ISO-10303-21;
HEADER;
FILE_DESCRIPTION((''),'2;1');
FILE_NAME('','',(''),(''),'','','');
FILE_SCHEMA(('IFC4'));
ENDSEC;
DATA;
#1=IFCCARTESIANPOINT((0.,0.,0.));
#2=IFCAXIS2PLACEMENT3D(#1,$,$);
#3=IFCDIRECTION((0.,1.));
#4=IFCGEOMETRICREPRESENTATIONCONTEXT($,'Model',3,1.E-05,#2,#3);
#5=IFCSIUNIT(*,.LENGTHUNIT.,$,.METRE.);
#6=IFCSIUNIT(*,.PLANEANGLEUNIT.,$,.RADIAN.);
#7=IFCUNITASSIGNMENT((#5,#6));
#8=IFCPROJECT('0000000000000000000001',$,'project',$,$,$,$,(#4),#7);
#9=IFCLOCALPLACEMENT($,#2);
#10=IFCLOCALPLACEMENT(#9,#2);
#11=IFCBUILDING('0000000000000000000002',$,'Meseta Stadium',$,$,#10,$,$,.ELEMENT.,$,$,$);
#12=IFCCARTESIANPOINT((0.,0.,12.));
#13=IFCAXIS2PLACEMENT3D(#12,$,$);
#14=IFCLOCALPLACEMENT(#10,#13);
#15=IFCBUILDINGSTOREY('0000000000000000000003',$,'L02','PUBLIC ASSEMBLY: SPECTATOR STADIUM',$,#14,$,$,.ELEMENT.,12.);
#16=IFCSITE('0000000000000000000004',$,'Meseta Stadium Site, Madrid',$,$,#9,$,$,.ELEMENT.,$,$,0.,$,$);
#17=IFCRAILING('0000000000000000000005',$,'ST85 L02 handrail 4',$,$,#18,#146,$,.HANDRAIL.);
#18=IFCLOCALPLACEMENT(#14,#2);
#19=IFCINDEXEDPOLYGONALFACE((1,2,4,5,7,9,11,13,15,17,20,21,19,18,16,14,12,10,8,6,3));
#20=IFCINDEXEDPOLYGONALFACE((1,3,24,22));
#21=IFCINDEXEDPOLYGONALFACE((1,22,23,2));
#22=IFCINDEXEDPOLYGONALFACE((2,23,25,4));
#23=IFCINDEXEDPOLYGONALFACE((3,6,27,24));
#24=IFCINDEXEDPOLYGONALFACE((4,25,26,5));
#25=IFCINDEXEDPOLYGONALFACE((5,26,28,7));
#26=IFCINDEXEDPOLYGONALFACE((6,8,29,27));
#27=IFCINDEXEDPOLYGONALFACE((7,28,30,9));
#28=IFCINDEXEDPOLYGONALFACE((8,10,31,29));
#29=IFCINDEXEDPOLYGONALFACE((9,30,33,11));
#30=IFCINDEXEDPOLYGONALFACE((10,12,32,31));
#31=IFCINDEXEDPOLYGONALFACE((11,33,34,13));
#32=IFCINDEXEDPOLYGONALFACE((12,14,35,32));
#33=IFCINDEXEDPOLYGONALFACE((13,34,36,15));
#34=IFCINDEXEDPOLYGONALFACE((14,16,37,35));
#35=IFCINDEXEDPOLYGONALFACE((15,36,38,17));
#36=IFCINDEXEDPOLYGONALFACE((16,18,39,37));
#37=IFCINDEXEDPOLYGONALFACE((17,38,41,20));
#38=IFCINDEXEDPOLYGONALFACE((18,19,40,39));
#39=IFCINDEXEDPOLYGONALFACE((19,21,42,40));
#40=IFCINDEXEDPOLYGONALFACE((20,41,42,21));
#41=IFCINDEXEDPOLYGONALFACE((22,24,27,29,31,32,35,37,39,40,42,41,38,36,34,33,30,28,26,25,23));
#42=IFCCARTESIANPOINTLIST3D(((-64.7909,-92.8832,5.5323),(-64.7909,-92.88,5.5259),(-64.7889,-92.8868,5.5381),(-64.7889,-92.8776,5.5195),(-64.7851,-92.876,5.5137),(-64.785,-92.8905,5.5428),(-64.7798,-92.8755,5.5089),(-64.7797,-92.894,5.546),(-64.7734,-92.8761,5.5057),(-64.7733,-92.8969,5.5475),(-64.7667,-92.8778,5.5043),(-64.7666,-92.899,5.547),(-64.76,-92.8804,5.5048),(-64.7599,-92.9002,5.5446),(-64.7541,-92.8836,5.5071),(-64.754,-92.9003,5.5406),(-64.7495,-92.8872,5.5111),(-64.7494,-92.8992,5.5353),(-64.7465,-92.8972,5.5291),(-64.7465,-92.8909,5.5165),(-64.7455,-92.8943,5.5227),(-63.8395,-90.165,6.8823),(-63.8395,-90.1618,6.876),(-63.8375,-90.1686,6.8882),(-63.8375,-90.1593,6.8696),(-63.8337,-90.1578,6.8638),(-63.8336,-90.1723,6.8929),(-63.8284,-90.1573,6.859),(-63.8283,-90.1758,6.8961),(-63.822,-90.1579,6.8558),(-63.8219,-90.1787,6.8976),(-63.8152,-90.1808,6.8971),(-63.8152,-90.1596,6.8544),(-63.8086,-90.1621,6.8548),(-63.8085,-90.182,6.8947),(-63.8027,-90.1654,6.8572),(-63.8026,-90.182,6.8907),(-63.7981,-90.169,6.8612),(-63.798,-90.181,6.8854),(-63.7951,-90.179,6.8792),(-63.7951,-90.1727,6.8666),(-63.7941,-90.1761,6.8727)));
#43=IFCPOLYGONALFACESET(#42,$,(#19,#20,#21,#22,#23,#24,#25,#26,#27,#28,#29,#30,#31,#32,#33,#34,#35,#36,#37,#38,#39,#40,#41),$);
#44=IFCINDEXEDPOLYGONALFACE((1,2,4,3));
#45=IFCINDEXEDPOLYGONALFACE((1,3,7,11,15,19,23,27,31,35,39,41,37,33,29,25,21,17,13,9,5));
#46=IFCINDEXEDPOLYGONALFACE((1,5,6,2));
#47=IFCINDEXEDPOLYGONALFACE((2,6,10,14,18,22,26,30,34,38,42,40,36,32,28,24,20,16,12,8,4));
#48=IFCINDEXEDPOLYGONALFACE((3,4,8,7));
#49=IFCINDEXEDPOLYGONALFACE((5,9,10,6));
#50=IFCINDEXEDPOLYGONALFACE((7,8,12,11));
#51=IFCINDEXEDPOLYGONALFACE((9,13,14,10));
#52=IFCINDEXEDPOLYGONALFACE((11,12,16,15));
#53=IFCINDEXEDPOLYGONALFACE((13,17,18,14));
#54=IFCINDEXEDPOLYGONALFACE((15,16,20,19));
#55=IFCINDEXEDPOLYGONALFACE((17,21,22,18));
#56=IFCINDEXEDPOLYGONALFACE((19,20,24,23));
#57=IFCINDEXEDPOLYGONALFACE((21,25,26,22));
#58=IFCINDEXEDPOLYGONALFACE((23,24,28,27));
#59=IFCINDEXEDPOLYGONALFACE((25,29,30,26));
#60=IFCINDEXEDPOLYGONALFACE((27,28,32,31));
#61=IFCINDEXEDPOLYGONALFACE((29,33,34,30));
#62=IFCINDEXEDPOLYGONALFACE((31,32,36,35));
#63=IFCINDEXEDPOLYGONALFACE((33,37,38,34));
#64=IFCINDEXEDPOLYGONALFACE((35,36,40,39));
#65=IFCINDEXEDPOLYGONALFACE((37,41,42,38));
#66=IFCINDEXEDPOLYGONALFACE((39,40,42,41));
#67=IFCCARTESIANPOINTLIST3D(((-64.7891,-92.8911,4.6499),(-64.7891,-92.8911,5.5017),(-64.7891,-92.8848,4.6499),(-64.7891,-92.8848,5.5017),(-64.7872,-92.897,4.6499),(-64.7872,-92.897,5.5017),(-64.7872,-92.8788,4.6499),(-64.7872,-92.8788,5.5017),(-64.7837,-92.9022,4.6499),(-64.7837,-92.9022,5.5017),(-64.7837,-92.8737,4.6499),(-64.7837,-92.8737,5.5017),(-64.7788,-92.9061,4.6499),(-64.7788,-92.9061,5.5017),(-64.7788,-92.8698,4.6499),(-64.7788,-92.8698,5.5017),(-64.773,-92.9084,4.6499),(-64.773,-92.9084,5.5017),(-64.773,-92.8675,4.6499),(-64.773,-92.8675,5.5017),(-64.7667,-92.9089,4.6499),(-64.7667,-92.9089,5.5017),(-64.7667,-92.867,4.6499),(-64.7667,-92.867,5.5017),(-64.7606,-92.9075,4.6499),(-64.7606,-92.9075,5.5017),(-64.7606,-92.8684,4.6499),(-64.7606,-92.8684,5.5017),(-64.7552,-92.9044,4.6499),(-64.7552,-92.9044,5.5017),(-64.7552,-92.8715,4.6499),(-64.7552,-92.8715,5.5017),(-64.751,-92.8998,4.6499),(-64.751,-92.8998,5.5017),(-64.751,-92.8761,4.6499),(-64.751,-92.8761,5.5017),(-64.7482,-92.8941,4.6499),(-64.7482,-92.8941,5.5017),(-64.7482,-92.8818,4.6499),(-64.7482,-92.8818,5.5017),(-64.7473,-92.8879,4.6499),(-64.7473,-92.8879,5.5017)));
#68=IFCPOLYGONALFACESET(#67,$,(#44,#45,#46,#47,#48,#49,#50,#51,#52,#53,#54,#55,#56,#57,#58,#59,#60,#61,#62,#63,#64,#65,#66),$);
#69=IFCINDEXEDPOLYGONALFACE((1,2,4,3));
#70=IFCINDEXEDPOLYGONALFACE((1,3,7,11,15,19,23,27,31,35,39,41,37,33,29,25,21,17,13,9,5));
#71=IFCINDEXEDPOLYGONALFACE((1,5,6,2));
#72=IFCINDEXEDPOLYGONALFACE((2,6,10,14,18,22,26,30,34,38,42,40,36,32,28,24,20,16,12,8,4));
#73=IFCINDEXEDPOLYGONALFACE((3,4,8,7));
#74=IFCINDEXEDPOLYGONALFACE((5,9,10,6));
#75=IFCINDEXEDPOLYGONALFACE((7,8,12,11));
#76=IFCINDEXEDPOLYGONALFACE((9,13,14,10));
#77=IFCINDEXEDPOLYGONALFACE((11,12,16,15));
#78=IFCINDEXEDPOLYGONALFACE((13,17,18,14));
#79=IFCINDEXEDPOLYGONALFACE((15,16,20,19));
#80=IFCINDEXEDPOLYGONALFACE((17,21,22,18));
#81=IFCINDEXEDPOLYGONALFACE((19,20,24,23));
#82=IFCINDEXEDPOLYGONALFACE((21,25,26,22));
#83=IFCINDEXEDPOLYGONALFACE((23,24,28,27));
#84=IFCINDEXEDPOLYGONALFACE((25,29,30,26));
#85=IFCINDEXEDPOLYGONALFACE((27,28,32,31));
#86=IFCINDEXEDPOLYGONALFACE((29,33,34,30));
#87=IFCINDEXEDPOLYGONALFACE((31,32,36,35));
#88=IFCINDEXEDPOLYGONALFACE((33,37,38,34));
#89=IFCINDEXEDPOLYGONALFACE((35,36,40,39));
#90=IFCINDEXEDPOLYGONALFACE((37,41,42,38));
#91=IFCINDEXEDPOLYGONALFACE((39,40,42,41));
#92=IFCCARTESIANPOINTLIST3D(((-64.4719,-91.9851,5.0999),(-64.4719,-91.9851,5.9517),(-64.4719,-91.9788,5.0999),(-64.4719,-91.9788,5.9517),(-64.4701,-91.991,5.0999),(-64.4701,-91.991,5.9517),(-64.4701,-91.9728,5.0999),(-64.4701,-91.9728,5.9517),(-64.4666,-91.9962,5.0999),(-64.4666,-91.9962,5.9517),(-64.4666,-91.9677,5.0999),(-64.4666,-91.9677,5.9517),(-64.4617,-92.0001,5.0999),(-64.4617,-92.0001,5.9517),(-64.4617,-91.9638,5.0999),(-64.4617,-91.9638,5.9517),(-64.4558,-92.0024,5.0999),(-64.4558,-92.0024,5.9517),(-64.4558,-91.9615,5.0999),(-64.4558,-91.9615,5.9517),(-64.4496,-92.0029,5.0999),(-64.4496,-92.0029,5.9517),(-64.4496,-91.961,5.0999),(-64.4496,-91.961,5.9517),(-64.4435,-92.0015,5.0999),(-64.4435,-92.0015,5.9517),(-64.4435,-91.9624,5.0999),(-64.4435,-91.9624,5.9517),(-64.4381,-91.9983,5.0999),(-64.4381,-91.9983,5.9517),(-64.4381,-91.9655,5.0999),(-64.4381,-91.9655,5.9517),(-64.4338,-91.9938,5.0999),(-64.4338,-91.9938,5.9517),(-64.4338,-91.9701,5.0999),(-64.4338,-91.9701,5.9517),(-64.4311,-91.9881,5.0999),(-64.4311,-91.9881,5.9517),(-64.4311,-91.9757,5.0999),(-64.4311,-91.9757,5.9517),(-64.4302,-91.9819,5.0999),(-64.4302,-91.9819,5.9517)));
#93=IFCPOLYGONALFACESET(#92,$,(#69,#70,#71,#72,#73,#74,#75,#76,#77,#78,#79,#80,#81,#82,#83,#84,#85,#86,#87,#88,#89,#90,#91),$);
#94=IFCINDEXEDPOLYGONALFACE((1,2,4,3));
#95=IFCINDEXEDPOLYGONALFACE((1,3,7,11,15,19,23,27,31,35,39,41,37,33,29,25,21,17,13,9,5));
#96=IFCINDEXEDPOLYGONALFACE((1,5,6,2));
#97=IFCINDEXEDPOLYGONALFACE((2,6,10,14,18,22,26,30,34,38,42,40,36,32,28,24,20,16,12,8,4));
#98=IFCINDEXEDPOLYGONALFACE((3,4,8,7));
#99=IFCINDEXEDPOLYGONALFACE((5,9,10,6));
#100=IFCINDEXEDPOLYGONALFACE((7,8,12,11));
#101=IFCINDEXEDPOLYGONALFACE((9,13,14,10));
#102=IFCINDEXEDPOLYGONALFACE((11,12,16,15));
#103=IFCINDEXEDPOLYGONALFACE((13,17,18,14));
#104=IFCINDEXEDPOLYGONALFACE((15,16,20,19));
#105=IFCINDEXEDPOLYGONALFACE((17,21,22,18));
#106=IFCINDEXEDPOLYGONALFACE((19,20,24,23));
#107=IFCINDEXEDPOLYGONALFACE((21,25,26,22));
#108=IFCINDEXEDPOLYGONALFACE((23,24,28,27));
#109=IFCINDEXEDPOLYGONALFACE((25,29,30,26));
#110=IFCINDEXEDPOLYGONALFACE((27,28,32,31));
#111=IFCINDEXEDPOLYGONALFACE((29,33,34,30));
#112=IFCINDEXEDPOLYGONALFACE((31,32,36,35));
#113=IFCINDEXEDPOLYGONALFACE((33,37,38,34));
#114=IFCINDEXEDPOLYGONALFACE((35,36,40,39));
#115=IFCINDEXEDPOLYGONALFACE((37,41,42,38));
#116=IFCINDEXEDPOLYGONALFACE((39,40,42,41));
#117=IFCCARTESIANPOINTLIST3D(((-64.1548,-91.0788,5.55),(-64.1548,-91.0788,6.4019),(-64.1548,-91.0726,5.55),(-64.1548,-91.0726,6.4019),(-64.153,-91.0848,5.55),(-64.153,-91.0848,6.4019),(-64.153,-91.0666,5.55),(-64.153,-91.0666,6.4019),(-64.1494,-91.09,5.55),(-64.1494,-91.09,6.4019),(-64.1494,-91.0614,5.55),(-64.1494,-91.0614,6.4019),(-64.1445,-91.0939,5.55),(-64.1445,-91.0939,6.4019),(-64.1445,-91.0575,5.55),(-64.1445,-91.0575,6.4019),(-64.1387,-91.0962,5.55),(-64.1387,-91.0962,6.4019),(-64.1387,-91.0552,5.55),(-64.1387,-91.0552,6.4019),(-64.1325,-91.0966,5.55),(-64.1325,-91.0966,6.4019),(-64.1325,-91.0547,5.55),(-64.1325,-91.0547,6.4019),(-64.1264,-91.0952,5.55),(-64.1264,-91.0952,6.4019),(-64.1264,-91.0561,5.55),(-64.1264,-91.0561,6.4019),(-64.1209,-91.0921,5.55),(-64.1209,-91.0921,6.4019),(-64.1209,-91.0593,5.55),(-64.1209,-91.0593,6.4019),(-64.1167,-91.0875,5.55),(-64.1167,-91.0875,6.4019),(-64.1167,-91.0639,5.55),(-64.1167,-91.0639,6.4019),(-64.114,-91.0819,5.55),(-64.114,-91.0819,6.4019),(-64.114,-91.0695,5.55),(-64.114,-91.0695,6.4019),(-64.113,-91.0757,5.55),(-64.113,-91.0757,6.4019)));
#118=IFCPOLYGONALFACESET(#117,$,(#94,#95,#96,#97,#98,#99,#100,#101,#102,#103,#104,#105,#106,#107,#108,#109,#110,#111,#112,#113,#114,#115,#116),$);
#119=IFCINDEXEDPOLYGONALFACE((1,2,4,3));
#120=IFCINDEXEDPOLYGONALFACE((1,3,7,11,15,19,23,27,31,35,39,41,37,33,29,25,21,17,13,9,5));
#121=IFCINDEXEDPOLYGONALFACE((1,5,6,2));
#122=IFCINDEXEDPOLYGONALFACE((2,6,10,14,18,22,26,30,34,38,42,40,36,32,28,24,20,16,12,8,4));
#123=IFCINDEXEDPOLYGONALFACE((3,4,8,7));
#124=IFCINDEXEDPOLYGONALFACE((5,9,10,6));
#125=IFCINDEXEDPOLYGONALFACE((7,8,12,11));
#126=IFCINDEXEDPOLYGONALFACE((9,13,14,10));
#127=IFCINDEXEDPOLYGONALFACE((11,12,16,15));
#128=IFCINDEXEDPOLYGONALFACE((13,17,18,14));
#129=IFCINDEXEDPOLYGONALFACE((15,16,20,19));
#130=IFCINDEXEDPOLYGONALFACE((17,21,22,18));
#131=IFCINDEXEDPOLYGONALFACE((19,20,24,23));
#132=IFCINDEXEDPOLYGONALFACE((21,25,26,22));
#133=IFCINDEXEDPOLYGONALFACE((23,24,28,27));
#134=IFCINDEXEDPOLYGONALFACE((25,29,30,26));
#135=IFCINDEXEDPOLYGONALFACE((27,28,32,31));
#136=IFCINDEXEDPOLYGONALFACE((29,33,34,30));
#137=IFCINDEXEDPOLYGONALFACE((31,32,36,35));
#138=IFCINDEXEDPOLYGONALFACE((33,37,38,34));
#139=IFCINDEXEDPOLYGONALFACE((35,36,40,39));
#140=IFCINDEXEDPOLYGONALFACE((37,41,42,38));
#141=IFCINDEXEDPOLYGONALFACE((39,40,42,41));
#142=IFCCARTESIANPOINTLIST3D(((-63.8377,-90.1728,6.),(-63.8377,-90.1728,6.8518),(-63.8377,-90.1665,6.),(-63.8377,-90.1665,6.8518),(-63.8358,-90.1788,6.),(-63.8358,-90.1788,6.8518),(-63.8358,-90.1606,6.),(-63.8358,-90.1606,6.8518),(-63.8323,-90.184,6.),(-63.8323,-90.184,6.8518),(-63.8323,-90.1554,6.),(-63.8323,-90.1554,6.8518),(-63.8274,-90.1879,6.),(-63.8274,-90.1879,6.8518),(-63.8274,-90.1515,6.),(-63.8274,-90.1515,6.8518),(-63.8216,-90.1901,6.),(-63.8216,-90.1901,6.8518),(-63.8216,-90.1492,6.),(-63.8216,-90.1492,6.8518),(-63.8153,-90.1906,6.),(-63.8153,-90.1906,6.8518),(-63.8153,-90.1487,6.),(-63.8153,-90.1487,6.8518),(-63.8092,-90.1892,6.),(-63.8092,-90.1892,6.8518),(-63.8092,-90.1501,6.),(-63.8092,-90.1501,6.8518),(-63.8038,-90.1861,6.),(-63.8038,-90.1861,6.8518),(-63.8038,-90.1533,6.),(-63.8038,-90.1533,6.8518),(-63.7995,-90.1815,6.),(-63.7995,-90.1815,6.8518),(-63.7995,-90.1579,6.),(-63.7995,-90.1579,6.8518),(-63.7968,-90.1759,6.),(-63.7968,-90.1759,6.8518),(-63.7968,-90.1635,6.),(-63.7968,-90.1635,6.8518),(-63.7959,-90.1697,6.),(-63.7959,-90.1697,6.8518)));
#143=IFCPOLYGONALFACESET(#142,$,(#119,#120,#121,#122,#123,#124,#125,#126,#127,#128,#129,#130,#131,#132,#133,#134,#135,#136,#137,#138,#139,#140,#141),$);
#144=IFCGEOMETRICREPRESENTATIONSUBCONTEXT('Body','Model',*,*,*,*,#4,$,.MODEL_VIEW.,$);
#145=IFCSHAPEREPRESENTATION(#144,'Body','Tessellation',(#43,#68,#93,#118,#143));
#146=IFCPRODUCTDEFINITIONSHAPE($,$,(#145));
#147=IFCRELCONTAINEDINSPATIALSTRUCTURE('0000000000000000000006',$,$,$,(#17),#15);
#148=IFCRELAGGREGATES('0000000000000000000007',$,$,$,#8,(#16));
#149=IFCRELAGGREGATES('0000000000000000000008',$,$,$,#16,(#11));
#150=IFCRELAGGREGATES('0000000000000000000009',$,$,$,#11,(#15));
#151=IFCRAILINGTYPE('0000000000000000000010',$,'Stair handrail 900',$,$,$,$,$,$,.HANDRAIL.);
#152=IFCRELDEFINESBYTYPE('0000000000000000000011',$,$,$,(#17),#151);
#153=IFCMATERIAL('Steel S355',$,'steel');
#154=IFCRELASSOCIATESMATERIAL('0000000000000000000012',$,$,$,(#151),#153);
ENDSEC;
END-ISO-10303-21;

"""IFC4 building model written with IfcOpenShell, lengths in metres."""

from ifc_helpers import new_model, si_unit, direction, frame, origin, origin_2d, place, context, subcontext, project, spatial, circle, extrude, material, type_object, element, save


model = new_model("IFC4")

# Units and contexts
model_context = context("Model", 3, precision=1e-05, world=origin(), true_north=direction((0.0, 1.0)))
body_context = subcontext(model_context, "Body", "Model", "MODEL_VIEW")
ifc_project = project(units=[si_unit("LENGTHUNIT", "METRE"), si_unit("PLANEANGLEUNIT", "RADIAN")], contexts=[model_context])

# Site, building, storey
site_placement = place(None, origin())
site = spatial("IfcSite", under=ifc_project, at=site_placement, Name="Meseta Stadium Site, Madrid", CompositionType="ELEMENT", RefElevation=0.0)
building_placement = place(site_placement, origin())
building = spatial("IfcBuilding", under=site, at=building_placement, Name="Meseta Stadium", CompositionType="ELEMENT")
storey_placement = place(building_placement, frame((0.0, 0.0, 12.0)))
storey = spatial("IfcBuildingStorey", under=building, at=storey_placement, Name="L02", Description="PUBLIC ASSEMBLY: SPECTATOR STADIUM", CompositionType="ELEMENT", Elevation=12.0)

# Railing
ifc_material_1 = material(Name="Steel S355", Category="steel")
railing_type_1 = type_object("IfcRailingType", Name="Stair handrail 900", PredefinedType="HANDRAIL", material=ifc_material_1)
for number, where, name in (
    (1, (-64.7683, -92.8879, 4.6499), "ST85 L02 handrail 4"),
):
    element("IfcRailing", number, at=place(storey_placement, frame(where)), inside=storey, type_object=railing_type_1, Name=name, PredefinedType="HANDRAIL", context=body_context, shape_type="SweptSolid", body=[
        extrude(circle(Radius=0.0239, at=origin_2d()), frame((0.0, 0.0, 0.876), z_axis=(0.299121, 0.854609, 0.424465), x_axis=(-0.943856, 0.330358, 0.0)), (0.0, 0.0, 1.0), 3.1807),
        extrude(circle(Radius=0.021, at=origin_2d()), origin(), (0.0, 0.0, 1.0), 0.8518),
        extrude(circle(Radius=0.021, at=origin_2d()), frame((0.3171, 0.906, 0.45)), (0.0, 0.0, 1.0), 0.8518),
        extrude(circle(Radius=0.021, at=origin_2d()), frame((0.6343, 1.8123, 0.9001)), (0.0, 0.0, 1.0), 0.8518),
        extrude(circle(Radius=0.021, at=origin_2d()), frame((0.9514, 2.7183, 1.3501)), (0.0, 0.0, 1.0), 0.8518),
    ])

save(model, "model.ifc")
